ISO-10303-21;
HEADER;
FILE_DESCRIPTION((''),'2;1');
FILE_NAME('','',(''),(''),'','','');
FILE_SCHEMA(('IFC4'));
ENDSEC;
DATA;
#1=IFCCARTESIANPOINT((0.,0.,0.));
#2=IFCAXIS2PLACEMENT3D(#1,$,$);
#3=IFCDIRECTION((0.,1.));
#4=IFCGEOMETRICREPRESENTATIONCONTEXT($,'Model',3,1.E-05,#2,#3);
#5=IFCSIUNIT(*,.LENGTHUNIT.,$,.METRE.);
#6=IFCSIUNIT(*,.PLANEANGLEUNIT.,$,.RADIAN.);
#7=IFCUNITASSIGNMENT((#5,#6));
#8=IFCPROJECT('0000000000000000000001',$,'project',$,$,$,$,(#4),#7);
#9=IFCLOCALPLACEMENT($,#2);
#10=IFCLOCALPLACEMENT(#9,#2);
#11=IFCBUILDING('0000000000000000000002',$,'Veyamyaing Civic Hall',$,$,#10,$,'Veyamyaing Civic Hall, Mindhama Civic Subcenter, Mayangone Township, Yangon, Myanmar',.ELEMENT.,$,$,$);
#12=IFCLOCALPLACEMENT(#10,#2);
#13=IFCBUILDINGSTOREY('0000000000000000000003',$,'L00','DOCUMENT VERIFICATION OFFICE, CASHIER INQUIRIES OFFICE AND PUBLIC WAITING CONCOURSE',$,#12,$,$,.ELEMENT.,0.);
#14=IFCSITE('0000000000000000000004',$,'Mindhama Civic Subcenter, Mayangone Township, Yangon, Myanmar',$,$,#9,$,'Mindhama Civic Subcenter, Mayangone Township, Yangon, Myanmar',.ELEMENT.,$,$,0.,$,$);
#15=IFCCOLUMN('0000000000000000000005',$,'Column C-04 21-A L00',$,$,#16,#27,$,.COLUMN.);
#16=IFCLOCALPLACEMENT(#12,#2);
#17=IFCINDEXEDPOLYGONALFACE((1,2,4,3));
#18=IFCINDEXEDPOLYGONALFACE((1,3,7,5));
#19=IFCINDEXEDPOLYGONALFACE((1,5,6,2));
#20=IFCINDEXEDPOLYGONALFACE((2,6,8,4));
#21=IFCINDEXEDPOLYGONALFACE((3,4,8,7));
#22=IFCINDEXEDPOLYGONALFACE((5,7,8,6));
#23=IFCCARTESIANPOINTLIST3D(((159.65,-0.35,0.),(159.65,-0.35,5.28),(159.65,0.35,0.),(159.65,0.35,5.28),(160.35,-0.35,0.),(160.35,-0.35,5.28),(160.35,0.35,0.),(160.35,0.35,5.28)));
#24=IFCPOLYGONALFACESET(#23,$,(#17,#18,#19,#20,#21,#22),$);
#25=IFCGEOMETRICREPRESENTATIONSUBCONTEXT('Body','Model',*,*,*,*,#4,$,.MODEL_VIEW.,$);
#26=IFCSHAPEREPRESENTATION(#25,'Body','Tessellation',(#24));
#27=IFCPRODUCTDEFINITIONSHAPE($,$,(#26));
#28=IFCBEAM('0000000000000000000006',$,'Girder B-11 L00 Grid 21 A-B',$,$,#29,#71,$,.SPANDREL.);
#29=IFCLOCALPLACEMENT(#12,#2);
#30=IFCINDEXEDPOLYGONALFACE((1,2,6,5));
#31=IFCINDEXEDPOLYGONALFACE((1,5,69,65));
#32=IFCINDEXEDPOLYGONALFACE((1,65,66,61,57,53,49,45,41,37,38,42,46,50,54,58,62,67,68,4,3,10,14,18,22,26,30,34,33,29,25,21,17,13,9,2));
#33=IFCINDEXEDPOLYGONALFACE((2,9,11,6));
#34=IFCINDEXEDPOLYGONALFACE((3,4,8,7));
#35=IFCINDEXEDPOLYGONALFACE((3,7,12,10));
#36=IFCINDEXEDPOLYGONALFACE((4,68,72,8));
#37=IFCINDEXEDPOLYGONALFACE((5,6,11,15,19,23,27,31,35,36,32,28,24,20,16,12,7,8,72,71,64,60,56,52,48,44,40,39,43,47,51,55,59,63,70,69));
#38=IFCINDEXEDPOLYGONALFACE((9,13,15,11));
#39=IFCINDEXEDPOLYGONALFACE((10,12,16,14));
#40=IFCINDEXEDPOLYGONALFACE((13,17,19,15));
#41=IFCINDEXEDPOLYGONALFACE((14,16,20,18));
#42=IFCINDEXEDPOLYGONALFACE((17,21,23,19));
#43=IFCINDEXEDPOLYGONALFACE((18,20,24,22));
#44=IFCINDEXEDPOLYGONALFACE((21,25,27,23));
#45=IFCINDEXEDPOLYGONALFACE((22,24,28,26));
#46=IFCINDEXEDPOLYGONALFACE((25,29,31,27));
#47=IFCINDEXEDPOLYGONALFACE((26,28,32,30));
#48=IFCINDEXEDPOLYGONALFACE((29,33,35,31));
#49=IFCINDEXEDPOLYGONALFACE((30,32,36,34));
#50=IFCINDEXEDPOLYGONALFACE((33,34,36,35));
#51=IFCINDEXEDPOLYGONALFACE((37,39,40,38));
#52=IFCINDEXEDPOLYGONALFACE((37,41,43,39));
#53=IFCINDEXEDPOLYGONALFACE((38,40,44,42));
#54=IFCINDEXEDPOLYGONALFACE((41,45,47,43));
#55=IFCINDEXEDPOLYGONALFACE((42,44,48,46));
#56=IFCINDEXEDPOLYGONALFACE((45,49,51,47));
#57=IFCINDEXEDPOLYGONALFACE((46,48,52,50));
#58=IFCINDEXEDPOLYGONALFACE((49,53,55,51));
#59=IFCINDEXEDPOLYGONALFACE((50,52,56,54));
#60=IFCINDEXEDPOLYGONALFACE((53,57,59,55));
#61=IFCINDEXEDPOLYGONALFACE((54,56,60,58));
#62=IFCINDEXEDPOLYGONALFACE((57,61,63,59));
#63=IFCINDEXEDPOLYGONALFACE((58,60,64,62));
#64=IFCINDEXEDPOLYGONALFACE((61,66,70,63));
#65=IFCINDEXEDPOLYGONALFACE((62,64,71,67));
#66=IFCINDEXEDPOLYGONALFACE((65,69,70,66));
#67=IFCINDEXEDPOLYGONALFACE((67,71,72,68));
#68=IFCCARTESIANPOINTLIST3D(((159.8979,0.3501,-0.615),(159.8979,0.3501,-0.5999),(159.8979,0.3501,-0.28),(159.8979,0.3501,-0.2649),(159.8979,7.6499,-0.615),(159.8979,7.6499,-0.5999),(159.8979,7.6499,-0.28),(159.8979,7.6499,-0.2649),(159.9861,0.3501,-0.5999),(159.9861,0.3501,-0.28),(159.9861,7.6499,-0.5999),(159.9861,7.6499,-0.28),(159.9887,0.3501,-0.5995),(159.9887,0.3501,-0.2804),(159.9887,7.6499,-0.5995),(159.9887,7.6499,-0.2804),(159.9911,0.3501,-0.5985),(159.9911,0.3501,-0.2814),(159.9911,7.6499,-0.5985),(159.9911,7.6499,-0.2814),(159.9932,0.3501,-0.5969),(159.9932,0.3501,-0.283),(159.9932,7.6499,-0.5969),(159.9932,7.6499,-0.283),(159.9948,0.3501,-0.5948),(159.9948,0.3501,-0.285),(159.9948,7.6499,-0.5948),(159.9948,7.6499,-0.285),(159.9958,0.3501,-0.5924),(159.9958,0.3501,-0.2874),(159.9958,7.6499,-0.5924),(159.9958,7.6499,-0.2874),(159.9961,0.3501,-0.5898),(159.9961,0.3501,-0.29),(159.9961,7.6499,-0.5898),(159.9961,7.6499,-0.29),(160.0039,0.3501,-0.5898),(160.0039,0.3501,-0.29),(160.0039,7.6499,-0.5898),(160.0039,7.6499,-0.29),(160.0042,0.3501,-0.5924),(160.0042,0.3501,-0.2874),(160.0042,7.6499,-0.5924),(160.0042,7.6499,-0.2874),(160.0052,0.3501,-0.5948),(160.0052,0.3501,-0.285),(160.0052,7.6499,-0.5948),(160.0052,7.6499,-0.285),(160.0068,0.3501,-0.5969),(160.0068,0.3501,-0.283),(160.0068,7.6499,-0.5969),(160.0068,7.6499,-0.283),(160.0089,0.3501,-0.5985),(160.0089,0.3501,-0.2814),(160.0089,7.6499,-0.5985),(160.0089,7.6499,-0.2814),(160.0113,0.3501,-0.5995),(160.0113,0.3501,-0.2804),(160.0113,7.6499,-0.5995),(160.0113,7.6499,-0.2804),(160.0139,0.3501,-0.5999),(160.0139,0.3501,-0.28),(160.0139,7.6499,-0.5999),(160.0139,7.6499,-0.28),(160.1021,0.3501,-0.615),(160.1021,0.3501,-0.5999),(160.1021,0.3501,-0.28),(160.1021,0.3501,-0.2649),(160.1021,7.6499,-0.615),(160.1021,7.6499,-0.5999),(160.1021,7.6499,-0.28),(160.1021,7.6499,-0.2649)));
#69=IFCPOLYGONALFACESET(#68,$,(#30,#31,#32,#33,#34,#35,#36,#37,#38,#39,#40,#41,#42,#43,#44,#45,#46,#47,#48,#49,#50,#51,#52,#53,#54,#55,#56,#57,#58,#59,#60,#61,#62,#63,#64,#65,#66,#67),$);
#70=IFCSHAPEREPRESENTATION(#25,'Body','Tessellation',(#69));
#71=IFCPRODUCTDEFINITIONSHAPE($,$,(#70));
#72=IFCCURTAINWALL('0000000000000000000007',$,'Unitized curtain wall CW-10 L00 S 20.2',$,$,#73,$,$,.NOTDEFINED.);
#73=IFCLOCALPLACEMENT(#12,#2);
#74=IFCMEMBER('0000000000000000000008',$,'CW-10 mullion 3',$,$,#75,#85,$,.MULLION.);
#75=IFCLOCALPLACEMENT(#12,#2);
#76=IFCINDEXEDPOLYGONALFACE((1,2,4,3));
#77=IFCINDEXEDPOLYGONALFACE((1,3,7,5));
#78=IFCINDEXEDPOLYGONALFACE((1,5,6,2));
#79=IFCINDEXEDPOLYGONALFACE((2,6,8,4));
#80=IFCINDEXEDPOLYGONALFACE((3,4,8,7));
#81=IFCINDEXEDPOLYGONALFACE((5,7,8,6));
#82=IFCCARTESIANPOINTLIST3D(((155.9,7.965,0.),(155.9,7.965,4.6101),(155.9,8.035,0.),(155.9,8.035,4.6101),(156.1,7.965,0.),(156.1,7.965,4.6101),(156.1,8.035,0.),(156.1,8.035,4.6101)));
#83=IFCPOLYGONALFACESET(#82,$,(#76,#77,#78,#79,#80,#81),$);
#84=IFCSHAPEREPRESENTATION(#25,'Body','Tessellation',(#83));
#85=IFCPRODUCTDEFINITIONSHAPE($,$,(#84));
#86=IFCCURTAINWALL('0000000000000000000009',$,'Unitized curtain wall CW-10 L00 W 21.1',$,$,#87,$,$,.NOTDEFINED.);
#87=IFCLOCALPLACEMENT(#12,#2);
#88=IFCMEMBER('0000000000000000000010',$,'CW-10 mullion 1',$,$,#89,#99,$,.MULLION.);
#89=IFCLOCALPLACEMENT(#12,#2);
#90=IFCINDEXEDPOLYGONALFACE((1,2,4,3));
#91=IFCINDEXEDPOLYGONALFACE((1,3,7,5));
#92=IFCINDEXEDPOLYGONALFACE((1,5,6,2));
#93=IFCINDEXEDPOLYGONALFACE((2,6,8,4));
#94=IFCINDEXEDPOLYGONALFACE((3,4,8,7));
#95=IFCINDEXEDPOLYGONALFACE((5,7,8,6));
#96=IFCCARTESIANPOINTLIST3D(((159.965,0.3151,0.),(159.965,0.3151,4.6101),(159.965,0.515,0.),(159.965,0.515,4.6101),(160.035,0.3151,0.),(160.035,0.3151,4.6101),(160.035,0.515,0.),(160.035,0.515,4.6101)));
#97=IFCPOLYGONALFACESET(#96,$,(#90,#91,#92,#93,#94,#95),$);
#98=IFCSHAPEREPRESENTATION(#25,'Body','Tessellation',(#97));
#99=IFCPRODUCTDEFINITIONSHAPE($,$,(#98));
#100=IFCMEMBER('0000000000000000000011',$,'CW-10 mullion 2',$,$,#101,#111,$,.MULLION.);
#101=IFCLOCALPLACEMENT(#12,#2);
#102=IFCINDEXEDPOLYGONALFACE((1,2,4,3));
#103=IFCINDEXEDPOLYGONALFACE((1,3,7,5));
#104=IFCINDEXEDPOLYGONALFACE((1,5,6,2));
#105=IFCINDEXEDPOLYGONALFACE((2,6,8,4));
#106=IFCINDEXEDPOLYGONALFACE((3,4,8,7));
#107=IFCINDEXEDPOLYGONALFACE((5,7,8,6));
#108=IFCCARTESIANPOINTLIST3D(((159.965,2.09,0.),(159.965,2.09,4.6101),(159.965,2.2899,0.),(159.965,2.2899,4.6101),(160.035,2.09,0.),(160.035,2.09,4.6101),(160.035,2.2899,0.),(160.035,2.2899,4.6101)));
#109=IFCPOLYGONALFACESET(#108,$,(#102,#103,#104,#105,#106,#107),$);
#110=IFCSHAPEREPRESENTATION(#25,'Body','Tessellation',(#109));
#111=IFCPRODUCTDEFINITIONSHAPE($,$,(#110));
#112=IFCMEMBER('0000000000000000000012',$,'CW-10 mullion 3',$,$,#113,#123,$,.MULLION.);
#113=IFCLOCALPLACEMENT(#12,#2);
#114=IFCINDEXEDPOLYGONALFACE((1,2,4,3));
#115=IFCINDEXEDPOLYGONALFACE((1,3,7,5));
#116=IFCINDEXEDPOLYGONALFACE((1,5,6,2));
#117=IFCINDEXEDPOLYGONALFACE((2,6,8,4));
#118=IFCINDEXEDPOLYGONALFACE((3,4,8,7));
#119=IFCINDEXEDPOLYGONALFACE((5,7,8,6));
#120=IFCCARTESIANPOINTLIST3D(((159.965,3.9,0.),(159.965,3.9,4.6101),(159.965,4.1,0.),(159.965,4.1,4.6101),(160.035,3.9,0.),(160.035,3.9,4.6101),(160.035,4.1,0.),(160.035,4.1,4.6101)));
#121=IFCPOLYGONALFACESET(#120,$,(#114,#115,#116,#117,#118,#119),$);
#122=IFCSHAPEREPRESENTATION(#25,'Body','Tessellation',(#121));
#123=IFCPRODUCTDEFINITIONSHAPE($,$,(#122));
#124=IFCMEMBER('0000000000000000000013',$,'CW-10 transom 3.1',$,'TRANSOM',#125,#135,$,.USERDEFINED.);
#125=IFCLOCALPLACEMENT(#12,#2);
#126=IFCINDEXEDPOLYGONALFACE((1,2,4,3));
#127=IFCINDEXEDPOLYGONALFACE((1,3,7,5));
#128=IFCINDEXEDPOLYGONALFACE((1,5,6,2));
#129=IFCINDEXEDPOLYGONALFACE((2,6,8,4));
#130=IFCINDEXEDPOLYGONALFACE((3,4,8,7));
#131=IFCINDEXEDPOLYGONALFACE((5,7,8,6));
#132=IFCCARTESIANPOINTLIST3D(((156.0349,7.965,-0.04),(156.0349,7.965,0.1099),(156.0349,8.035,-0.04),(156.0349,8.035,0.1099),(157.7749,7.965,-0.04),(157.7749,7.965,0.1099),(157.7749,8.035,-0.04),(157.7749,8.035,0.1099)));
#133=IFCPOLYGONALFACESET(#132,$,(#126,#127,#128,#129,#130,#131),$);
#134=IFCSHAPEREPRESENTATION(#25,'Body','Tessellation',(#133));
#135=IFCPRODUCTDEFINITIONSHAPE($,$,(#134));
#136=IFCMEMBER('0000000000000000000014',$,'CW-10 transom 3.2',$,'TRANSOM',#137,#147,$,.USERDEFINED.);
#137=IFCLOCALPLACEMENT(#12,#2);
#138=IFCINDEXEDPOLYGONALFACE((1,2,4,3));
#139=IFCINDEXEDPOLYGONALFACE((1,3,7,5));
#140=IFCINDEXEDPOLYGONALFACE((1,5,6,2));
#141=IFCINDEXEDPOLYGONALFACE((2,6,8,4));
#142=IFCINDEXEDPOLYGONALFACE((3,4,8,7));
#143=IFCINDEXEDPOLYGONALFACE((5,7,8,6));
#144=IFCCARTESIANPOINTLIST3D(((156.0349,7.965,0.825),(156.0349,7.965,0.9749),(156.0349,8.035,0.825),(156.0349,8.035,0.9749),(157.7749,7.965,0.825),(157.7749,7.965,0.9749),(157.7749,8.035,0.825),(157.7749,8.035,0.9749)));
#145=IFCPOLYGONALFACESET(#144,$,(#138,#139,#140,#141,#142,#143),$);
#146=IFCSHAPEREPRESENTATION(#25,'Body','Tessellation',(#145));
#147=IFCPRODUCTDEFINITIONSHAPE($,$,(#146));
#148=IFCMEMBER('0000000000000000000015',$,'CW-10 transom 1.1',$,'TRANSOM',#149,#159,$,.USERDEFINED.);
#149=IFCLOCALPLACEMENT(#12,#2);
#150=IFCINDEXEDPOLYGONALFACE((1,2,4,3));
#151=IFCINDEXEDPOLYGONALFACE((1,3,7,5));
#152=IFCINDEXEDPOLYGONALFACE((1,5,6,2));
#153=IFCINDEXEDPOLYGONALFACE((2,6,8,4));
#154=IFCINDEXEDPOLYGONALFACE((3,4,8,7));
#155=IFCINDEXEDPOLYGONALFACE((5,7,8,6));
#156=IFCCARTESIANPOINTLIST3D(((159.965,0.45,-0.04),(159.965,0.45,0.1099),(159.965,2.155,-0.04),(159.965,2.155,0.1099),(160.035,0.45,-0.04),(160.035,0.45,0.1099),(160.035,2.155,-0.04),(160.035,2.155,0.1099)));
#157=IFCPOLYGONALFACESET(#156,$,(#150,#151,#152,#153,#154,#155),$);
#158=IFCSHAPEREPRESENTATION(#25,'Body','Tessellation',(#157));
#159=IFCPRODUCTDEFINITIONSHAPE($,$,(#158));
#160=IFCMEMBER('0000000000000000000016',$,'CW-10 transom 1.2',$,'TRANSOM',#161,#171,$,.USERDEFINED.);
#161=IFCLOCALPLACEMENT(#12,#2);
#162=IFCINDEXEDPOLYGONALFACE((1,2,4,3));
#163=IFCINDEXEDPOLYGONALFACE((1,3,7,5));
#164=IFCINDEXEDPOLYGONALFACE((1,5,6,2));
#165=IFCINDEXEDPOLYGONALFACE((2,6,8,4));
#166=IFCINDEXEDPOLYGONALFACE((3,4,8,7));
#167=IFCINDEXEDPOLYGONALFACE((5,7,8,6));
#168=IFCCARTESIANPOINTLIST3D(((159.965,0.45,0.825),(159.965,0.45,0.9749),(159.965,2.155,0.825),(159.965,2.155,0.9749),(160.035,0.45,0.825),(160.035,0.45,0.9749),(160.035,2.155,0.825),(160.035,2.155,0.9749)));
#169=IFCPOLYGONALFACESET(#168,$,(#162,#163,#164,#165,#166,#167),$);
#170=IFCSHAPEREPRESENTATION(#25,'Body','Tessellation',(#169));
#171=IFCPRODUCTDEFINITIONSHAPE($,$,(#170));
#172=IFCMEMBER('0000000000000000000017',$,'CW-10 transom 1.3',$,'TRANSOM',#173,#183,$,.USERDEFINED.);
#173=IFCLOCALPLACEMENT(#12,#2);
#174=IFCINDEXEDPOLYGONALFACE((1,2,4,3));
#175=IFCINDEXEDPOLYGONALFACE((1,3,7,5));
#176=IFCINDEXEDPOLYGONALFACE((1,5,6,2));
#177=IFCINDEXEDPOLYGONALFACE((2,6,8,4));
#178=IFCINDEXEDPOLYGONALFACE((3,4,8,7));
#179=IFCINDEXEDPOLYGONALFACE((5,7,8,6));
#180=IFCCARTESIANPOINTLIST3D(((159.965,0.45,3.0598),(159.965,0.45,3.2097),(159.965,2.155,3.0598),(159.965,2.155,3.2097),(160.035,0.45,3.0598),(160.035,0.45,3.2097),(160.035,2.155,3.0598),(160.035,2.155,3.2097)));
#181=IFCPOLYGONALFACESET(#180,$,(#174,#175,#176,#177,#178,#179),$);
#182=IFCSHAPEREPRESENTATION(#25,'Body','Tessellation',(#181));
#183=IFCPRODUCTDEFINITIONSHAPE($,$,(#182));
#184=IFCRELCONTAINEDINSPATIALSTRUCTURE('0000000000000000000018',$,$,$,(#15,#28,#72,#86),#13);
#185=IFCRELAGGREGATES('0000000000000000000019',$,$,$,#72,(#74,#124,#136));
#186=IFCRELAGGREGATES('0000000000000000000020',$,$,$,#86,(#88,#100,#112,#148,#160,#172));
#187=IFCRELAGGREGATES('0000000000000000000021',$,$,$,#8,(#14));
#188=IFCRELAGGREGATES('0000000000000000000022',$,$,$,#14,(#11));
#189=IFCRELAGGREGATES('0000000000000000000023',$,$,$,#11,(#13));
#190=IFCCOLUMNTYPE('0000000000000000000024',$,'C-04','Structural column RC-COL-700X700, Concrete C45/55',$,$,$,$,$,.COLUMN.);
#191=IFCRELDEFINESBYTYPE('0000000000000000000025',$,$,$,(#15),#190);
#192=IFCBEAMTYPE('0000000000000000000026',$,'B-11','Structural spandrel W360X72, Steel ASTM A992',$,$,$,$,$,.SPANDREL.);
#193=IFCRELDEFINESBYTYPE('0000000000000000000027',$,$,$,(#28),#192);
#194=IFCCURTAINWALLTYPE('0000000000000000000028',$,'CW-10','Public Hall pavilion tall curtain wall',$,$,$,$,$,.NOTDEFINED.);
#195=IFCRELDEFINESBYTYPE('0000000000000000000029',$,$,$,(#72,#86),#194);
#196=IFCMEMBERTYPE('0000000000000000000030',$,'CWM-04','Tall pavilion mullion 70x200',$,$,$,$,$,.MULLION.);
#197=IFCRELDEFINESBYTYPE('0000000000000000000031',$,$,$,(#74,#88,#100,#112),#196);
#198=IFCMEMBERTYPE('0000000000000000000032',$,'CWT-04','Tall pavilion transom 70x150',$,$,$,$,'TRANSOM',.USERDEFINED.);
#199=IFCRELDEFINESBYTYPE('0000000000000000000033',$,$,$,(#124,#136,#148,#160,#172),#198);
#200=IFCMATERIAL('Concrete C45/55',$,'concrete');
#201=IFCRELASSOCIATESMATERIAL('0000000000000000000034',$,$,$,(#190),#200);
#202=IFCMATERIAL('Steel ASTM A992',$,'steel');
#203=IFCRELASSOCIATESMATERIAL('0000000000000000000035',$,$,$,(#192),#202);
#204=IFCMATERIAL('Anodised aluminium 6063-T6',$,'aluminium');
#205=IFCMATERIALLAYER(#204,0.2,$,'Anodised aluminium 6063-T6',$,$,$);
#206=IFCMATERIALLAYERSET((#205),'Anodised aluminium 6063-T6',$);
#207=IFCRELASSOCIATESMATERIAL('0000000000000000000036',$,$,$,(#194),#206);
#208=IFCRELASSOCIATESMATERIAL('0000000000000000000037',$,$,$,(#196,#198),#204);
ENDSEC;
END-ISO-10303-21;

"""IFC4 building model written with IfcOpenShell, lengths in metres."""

from ifc_helpers import new_model, si_unit, direction, frame, origin, origin_2d, place, context, subcontext, project, spatial, rectangle, i_section, extrude, material, layer, layer_set, material_profile, profile_set, type_object, element, aggregate, save


model = new_model("IFC4")

# Units and contexts
model_context = context("Model", 3, precision=1e-05, world=origin(), true_north=direction((0.0, 1.0)))
body_context = subcontext(model_context, "Body", "Model", "MODEL_VIEW")
ifc_project = project(units=[si_unit("LENGTHUNIT", "METRE"), si_unit("PLANEANGLEUNIT", "RADIAN")], contexts=[model_context])

# Site, building, storey
site_placement = place(None, origin())
site = spatial("IfcSite", under=ifc_project, at=site_placement, Name="Mindhama Civic Subcenter, Mayangone Township, Yangon, Myanmar", LongName="Mindhama Civic Subcenter, Mayangone Township, Yangon, Myanmar", CompositionType="ELEMENT", RefElevation=0.0)
building_placement = place(site_placement, origin())
building = spatial("IfcBuilding", under=site, at=building_placement, Name="Veyamyaing Civic Hall", LongName="Veyamyaing Civic Hall, Mindhama Civic Subcenter, Mayangone Township, Yangon, Myanmar", CompositionType="ELEMENT")
storey_placement = place(building_placement, origin())
storey = spatial("IfcBuildingStorey", under=building, at=storey_placement, Name="L00", Description="DOCUMENT VERIFICATION OFFICE, CASHIER INQUIRIES OFFICE AND PUBLIC WAITING CONCOURSE", CompositionType="ELEMENT", Elevation=0.0)

# Column
ifc_material_1 = material(Name="Concrete C45/55", Category="concrete")
ifc_material_profile_1 = material_profile(ifc_material_1, rectangle(XDim=0.7, YDim=0.7, at=origin_2d()), Name="RC-COL-700X700")
ifc_profile_set_1 = profile_set([ifc_material_profile_1], Name="Concrete C45/55")
column_type = type_object("IfcColumnType", Name="C-04", Description="Structural column RC-COL-700X700, Concrete C45/55", PredefinedType="COLUMN", material=ifc_profile_set_1)
column_placement = place(storey_placement, frame((160.0, 0.0, 0.0), z_axis=(0.0, 0.0, 1.0), x_axis=(1.0, 0.0, 0.0)))
element("IfcColumn", 1, at=column_placement, inside=storey, type_object=column_type, Name="Column C-04 21-A L00", PredefinedType="COLUMN", context=body_context, shape_type="SweptSolid", body=[
    extrude(rectangle(XDim=0.7, YDim=0.7, at=origin_2d()), origin(), (0.0, 0.0, 1.0), 5.28),
])

# Beam
ifc_material_2 = material(Name="Steel ASTM A992", Category="steel")
ifc_material_profile_2 = material_profile(ifc_material_2, i_section(OverallWidth=0.2041, OverallDepth=0.3501, WebThickness=0.0078, FlangeThickness=0.0151, FilletRadius=0.01, at=origin_2d()), Name="W360X72")
ifc_profile_set_2 = profile_set([ifc_material_profile_2], Name="Steel ASTM A992")
beam_type = type_object("IfcBeamType", Name="B-11", Description="Structural spandrel W360X72, Steel ASTM A992", PredefinedType="SPANDREL", material=ifc_profile_set_2)
beam_placement = place(storey_placement, frame((160.0, 0.3501, -0.4399), z_axis=(0.0, 1.0, 0.0), x_axis=(-1.0, 0.0, 0.0)))
element("IfcBeam", 2, at=beam_placement, inside=storey, type_object=beam_type, Name="Girder B-11 L00 Grid 21 A-B", PredefinedType="SPANDREL", context=body_context, shape_type="SweptSolid", body=[
    extrude(i_section(OverallWidth=0.2041, OverallDepth=0.3501, WebThickness=0.0078, FlangeThickness=0.0151, FilletRadius=0.01, at=origin_2d()), origin(), (0.0, 0.0, 1.0), 7.2998),
])

# Curtain wall, member
ifc_material_3 = material(Name="Anodised aluminium 6063-T6", Category="aluminium")
ifc_layer_1 = layer(ifc_material_3, 0.2, Name="Anodised aluminium 6063-T6")
ifc_layer_set_1 = layer_set([ifc_layer_1], Name="Anodised aluminium 6063-T6")
curtain_wall_type = type_object("IfcCurtainWallType", Name="CW-10", Description="Public Hall pavilion tall curtain wall", PredefinedType="NOTDEFINED", material=ifc_layer_set_1)
curtain_wall_1_placement = place(storey_placement, origin())
curtain_wall_1 = element("IfcCurtainWall", 3, at=curtain_wall_1_placement, inside=storey, type_object=curtain_wall_type, Name="Unitized curtain wall CW-10 L00 S 20.2", PredefinedType="NOTDEFINED")
ifc_material_profile_3 = material_profile(ifc_material_3, rectangle(XDim=0.0701, YDim=0.2, at=origin_2d()), Name="ALU-MUL-70X200")
ifc_profile_set_3 = profile_set([ifc_material_profile_3], Name="Anodised aluminium 6063-T6")
member_type_1 = type_object("IfcMemberType", Name="CWM-04", Description="Tall pavilion mullion 70x200", PredefinedType="MULLION", material=ifc_profile_set_3)
member_1_placement = place(storey_placement, frame((156.0, 8.0, 0.0), z_axis=(0.0, 0.0, 1.0), x_axis=(0.0, 1.0, 0.0)))
member_1 = element("IfcMember", 4, at=member_1_placement, type_object=member_type_1, Name="CW-10 mullion 3", PredefinedType="MULLION", context=body_context, shape_type="SweptSolid", body=[
    extrude(rectangle(XDim=0.0701, YDim=0.2, at=origin_2d()), origin(), (0.0, 0.0, 1.0), 4.6101),
])

# Curtain wall, members
curtain_wall_2_placement = place(storey_placement, origin())
curtain_wall_2 = element("IfcCurtainWall", 5, at=curtain_wall_2_placement, inside=storey, type_object=curtain_wall_type, Name="Unitized curtain wall CW-10 L00 W 21.1", PredefinedType="NOTDEFINED")
member_2_placement = place(storey_placement, frame((160.0, 0.415, 0.0), z_axis=(0.0, 0.0, 1.0), x_axis=(-1.0, 0.0, 0.0)))
member_2 = element("IfcMember", 6, at=member_2_placement, type_object=member_type_1, Name="CW-10 mullion 1", PredefinedType="MULLION", context=body_context, shape_type="SweptSolid", body=[
    extrude(rectangle(XDim=0.0701, YDim=0.2, at=origin_2d()), origin(), (0.0, 0.0, 1.0), 4.6101),
])
member_3_placement = place(storey_placement, frame((160.0, 2.1899, 0.0), z_axis=(0.0, 0.0, 1.0), x_axis=(-1.0, 0.0, 0.0)))
member_3 = element("IfcMember", 7, at=member_3_placement, type_object=member_type_1, Name="CW-10 mullion 2", PredefinedType="MULLION", context=body_context, shape_type="SweptSolid", body=[
    extrude(rectangle(XDim=0.0701, YDim=0.2, at=origin_2d()), origin(), (0.0, 0.0, 1.0), 4.6101),
])
member_4_placement = place(storey_placement, frame((160.0, 4.0, 0.0), z_axis=(0.0, 0.0, 1.0), x_axis=(-1.0, 0.0, 0.0)))
member_4 = element("IfcMember", 8, at=member_4_placement, type_object=member_type_1, Name="CW-10 mullion 3", PredefinedType="MULLION", context=body_context, shape_type="SweptSolid", body=[
    extrude(rectangle(XDim=0.0701, YDim=0.2, at=origin_2d()), origin(), (0.0, 0.0, 1.0), 4.6101),
])

# Members
ifc_material_profile_4 = material_profile(ifc_material_3, rectangle(XDim=0.0701, YDim=0.1499, at=origin_2d()), Name="ALU-TRN-70X150")
ifc_profile_set_4 = profile_set([ifc_material_profile_4], Name="Anodised aluminium 6063-T6")
member_type_2 = type_object("IfcMemberType", Name="CWT-04", Description="Tall pavilion transom 70x150", ElementType="TRANSOM", PredefinedType="USERDEFINED", material=ifc_profile_set_4)
member_5_placement = place(storey_placement, frame((156.0349, 8.0, 0.0349), z_axis=(1.0, 0.0, 0.0), x_axis=(0.0, 1.0, 0.0)))
member_5 = element("IfcMember", 9, at=member_5_placement, type_object=member_type_2, Name="CW-10 transom 3.1", ObjectType="TRANSOM", PredefinedType="USERDEFINED", context=body_context, shape_type="SweptSolid", body=[
    extrude(rectangle(XDim=0.0701, YDim=0.1499, at=origin_2d()), origin(), (0.0, 0.0, 1.0), 1.74),
])
member_6_placement = place(storey_placement, frame((156.0349, 8.0, 0.8999), z_axis=(1.0, 0.0, 0.0), x_axis=(0.0, 1.0, 0.0)))
member_6 = element("IfcMember", 10, at=member_6_placement, type_object=member_type_2, Name="CW-10 transom 3.2", ObjectType="TRANSOM", PredefinedType="USERDEFINED", context=body_context, shape_type="SweptSolid", body=[
    extrude(rectangle(XDim=0.0701, YDim=0.1499, at=origin_2d()), origin(), (0.0, 0.0, 1.0), 1.74),
])
aggregate(curtain_wall_1, [member_1, member_5, member_6])
member_7_placement = place(storey_placement, frame((160.0, 0.45, 0.0349), z_axis=(0.0, 1.0, 0.0), x_axis=(-1.0, 0.0, 0.0)))
member_7 = element("IfcMember", 11, at=member_7_placement, type_object=member_type_2, Name="CW-10 transom 1.1", ObjectType="TRANSOM", PredefinedType="USERDEFINED", context=body_context, shape_type="SweptSolid", body=[
    extrude(rectangle(XDim=0.0701, YDim=0.1499, at=origin_2d()), origin(), (0.0, 0.0, 1.0), 1.7051),
])
member_8_placement = place(storey_placement, frame((160.0, 0.45, 0.8999), z_axis=(0.0, 1.0, 0.0), x_axis=(-1.0, 0.0, 0.0)))
member_8 = element("IfcMember", 12, at=member_8_placement, type_object=member_type_2, Name="CW-10 transom 1.2", ObjectType="TRANSOM", PredefinedType="USERDEFINED", context=body_context, shape_type="SweptSolid", body=[
    extrude(rectangle(XDim=0.0701, YDim=0.1499, at=origin_2d()), origin(), (0.0, 0.0, 1.0), 1.7051),
])
member_9_placement = place(storey_placement, frame((160.0, 0.45, 3.1348), z_axis=(0.0, 1.0, 0.0), x_axis=(-1.0, 0.0, 0.0)))
member_9 = element("IfcMember", 13, at=member_9_placement, type_object=member_type_2, Name="CW-10 transom 1.3", ObjectType="TRANSOM", PredefinedType="USERDEFINED", context=body_context, shape_type="SweptSolid", body=[
    extrude(rectangle(XDim=0.0701, YDim=0.1499, at=origin_2d()), origin(), (0.0, 0.0, 1.0), 1.7051),
])

aggregate(curtain_wall_2, [member_2, member_3, member_4, member_7, member_8, member_9])

save(model, "model.ifc")
